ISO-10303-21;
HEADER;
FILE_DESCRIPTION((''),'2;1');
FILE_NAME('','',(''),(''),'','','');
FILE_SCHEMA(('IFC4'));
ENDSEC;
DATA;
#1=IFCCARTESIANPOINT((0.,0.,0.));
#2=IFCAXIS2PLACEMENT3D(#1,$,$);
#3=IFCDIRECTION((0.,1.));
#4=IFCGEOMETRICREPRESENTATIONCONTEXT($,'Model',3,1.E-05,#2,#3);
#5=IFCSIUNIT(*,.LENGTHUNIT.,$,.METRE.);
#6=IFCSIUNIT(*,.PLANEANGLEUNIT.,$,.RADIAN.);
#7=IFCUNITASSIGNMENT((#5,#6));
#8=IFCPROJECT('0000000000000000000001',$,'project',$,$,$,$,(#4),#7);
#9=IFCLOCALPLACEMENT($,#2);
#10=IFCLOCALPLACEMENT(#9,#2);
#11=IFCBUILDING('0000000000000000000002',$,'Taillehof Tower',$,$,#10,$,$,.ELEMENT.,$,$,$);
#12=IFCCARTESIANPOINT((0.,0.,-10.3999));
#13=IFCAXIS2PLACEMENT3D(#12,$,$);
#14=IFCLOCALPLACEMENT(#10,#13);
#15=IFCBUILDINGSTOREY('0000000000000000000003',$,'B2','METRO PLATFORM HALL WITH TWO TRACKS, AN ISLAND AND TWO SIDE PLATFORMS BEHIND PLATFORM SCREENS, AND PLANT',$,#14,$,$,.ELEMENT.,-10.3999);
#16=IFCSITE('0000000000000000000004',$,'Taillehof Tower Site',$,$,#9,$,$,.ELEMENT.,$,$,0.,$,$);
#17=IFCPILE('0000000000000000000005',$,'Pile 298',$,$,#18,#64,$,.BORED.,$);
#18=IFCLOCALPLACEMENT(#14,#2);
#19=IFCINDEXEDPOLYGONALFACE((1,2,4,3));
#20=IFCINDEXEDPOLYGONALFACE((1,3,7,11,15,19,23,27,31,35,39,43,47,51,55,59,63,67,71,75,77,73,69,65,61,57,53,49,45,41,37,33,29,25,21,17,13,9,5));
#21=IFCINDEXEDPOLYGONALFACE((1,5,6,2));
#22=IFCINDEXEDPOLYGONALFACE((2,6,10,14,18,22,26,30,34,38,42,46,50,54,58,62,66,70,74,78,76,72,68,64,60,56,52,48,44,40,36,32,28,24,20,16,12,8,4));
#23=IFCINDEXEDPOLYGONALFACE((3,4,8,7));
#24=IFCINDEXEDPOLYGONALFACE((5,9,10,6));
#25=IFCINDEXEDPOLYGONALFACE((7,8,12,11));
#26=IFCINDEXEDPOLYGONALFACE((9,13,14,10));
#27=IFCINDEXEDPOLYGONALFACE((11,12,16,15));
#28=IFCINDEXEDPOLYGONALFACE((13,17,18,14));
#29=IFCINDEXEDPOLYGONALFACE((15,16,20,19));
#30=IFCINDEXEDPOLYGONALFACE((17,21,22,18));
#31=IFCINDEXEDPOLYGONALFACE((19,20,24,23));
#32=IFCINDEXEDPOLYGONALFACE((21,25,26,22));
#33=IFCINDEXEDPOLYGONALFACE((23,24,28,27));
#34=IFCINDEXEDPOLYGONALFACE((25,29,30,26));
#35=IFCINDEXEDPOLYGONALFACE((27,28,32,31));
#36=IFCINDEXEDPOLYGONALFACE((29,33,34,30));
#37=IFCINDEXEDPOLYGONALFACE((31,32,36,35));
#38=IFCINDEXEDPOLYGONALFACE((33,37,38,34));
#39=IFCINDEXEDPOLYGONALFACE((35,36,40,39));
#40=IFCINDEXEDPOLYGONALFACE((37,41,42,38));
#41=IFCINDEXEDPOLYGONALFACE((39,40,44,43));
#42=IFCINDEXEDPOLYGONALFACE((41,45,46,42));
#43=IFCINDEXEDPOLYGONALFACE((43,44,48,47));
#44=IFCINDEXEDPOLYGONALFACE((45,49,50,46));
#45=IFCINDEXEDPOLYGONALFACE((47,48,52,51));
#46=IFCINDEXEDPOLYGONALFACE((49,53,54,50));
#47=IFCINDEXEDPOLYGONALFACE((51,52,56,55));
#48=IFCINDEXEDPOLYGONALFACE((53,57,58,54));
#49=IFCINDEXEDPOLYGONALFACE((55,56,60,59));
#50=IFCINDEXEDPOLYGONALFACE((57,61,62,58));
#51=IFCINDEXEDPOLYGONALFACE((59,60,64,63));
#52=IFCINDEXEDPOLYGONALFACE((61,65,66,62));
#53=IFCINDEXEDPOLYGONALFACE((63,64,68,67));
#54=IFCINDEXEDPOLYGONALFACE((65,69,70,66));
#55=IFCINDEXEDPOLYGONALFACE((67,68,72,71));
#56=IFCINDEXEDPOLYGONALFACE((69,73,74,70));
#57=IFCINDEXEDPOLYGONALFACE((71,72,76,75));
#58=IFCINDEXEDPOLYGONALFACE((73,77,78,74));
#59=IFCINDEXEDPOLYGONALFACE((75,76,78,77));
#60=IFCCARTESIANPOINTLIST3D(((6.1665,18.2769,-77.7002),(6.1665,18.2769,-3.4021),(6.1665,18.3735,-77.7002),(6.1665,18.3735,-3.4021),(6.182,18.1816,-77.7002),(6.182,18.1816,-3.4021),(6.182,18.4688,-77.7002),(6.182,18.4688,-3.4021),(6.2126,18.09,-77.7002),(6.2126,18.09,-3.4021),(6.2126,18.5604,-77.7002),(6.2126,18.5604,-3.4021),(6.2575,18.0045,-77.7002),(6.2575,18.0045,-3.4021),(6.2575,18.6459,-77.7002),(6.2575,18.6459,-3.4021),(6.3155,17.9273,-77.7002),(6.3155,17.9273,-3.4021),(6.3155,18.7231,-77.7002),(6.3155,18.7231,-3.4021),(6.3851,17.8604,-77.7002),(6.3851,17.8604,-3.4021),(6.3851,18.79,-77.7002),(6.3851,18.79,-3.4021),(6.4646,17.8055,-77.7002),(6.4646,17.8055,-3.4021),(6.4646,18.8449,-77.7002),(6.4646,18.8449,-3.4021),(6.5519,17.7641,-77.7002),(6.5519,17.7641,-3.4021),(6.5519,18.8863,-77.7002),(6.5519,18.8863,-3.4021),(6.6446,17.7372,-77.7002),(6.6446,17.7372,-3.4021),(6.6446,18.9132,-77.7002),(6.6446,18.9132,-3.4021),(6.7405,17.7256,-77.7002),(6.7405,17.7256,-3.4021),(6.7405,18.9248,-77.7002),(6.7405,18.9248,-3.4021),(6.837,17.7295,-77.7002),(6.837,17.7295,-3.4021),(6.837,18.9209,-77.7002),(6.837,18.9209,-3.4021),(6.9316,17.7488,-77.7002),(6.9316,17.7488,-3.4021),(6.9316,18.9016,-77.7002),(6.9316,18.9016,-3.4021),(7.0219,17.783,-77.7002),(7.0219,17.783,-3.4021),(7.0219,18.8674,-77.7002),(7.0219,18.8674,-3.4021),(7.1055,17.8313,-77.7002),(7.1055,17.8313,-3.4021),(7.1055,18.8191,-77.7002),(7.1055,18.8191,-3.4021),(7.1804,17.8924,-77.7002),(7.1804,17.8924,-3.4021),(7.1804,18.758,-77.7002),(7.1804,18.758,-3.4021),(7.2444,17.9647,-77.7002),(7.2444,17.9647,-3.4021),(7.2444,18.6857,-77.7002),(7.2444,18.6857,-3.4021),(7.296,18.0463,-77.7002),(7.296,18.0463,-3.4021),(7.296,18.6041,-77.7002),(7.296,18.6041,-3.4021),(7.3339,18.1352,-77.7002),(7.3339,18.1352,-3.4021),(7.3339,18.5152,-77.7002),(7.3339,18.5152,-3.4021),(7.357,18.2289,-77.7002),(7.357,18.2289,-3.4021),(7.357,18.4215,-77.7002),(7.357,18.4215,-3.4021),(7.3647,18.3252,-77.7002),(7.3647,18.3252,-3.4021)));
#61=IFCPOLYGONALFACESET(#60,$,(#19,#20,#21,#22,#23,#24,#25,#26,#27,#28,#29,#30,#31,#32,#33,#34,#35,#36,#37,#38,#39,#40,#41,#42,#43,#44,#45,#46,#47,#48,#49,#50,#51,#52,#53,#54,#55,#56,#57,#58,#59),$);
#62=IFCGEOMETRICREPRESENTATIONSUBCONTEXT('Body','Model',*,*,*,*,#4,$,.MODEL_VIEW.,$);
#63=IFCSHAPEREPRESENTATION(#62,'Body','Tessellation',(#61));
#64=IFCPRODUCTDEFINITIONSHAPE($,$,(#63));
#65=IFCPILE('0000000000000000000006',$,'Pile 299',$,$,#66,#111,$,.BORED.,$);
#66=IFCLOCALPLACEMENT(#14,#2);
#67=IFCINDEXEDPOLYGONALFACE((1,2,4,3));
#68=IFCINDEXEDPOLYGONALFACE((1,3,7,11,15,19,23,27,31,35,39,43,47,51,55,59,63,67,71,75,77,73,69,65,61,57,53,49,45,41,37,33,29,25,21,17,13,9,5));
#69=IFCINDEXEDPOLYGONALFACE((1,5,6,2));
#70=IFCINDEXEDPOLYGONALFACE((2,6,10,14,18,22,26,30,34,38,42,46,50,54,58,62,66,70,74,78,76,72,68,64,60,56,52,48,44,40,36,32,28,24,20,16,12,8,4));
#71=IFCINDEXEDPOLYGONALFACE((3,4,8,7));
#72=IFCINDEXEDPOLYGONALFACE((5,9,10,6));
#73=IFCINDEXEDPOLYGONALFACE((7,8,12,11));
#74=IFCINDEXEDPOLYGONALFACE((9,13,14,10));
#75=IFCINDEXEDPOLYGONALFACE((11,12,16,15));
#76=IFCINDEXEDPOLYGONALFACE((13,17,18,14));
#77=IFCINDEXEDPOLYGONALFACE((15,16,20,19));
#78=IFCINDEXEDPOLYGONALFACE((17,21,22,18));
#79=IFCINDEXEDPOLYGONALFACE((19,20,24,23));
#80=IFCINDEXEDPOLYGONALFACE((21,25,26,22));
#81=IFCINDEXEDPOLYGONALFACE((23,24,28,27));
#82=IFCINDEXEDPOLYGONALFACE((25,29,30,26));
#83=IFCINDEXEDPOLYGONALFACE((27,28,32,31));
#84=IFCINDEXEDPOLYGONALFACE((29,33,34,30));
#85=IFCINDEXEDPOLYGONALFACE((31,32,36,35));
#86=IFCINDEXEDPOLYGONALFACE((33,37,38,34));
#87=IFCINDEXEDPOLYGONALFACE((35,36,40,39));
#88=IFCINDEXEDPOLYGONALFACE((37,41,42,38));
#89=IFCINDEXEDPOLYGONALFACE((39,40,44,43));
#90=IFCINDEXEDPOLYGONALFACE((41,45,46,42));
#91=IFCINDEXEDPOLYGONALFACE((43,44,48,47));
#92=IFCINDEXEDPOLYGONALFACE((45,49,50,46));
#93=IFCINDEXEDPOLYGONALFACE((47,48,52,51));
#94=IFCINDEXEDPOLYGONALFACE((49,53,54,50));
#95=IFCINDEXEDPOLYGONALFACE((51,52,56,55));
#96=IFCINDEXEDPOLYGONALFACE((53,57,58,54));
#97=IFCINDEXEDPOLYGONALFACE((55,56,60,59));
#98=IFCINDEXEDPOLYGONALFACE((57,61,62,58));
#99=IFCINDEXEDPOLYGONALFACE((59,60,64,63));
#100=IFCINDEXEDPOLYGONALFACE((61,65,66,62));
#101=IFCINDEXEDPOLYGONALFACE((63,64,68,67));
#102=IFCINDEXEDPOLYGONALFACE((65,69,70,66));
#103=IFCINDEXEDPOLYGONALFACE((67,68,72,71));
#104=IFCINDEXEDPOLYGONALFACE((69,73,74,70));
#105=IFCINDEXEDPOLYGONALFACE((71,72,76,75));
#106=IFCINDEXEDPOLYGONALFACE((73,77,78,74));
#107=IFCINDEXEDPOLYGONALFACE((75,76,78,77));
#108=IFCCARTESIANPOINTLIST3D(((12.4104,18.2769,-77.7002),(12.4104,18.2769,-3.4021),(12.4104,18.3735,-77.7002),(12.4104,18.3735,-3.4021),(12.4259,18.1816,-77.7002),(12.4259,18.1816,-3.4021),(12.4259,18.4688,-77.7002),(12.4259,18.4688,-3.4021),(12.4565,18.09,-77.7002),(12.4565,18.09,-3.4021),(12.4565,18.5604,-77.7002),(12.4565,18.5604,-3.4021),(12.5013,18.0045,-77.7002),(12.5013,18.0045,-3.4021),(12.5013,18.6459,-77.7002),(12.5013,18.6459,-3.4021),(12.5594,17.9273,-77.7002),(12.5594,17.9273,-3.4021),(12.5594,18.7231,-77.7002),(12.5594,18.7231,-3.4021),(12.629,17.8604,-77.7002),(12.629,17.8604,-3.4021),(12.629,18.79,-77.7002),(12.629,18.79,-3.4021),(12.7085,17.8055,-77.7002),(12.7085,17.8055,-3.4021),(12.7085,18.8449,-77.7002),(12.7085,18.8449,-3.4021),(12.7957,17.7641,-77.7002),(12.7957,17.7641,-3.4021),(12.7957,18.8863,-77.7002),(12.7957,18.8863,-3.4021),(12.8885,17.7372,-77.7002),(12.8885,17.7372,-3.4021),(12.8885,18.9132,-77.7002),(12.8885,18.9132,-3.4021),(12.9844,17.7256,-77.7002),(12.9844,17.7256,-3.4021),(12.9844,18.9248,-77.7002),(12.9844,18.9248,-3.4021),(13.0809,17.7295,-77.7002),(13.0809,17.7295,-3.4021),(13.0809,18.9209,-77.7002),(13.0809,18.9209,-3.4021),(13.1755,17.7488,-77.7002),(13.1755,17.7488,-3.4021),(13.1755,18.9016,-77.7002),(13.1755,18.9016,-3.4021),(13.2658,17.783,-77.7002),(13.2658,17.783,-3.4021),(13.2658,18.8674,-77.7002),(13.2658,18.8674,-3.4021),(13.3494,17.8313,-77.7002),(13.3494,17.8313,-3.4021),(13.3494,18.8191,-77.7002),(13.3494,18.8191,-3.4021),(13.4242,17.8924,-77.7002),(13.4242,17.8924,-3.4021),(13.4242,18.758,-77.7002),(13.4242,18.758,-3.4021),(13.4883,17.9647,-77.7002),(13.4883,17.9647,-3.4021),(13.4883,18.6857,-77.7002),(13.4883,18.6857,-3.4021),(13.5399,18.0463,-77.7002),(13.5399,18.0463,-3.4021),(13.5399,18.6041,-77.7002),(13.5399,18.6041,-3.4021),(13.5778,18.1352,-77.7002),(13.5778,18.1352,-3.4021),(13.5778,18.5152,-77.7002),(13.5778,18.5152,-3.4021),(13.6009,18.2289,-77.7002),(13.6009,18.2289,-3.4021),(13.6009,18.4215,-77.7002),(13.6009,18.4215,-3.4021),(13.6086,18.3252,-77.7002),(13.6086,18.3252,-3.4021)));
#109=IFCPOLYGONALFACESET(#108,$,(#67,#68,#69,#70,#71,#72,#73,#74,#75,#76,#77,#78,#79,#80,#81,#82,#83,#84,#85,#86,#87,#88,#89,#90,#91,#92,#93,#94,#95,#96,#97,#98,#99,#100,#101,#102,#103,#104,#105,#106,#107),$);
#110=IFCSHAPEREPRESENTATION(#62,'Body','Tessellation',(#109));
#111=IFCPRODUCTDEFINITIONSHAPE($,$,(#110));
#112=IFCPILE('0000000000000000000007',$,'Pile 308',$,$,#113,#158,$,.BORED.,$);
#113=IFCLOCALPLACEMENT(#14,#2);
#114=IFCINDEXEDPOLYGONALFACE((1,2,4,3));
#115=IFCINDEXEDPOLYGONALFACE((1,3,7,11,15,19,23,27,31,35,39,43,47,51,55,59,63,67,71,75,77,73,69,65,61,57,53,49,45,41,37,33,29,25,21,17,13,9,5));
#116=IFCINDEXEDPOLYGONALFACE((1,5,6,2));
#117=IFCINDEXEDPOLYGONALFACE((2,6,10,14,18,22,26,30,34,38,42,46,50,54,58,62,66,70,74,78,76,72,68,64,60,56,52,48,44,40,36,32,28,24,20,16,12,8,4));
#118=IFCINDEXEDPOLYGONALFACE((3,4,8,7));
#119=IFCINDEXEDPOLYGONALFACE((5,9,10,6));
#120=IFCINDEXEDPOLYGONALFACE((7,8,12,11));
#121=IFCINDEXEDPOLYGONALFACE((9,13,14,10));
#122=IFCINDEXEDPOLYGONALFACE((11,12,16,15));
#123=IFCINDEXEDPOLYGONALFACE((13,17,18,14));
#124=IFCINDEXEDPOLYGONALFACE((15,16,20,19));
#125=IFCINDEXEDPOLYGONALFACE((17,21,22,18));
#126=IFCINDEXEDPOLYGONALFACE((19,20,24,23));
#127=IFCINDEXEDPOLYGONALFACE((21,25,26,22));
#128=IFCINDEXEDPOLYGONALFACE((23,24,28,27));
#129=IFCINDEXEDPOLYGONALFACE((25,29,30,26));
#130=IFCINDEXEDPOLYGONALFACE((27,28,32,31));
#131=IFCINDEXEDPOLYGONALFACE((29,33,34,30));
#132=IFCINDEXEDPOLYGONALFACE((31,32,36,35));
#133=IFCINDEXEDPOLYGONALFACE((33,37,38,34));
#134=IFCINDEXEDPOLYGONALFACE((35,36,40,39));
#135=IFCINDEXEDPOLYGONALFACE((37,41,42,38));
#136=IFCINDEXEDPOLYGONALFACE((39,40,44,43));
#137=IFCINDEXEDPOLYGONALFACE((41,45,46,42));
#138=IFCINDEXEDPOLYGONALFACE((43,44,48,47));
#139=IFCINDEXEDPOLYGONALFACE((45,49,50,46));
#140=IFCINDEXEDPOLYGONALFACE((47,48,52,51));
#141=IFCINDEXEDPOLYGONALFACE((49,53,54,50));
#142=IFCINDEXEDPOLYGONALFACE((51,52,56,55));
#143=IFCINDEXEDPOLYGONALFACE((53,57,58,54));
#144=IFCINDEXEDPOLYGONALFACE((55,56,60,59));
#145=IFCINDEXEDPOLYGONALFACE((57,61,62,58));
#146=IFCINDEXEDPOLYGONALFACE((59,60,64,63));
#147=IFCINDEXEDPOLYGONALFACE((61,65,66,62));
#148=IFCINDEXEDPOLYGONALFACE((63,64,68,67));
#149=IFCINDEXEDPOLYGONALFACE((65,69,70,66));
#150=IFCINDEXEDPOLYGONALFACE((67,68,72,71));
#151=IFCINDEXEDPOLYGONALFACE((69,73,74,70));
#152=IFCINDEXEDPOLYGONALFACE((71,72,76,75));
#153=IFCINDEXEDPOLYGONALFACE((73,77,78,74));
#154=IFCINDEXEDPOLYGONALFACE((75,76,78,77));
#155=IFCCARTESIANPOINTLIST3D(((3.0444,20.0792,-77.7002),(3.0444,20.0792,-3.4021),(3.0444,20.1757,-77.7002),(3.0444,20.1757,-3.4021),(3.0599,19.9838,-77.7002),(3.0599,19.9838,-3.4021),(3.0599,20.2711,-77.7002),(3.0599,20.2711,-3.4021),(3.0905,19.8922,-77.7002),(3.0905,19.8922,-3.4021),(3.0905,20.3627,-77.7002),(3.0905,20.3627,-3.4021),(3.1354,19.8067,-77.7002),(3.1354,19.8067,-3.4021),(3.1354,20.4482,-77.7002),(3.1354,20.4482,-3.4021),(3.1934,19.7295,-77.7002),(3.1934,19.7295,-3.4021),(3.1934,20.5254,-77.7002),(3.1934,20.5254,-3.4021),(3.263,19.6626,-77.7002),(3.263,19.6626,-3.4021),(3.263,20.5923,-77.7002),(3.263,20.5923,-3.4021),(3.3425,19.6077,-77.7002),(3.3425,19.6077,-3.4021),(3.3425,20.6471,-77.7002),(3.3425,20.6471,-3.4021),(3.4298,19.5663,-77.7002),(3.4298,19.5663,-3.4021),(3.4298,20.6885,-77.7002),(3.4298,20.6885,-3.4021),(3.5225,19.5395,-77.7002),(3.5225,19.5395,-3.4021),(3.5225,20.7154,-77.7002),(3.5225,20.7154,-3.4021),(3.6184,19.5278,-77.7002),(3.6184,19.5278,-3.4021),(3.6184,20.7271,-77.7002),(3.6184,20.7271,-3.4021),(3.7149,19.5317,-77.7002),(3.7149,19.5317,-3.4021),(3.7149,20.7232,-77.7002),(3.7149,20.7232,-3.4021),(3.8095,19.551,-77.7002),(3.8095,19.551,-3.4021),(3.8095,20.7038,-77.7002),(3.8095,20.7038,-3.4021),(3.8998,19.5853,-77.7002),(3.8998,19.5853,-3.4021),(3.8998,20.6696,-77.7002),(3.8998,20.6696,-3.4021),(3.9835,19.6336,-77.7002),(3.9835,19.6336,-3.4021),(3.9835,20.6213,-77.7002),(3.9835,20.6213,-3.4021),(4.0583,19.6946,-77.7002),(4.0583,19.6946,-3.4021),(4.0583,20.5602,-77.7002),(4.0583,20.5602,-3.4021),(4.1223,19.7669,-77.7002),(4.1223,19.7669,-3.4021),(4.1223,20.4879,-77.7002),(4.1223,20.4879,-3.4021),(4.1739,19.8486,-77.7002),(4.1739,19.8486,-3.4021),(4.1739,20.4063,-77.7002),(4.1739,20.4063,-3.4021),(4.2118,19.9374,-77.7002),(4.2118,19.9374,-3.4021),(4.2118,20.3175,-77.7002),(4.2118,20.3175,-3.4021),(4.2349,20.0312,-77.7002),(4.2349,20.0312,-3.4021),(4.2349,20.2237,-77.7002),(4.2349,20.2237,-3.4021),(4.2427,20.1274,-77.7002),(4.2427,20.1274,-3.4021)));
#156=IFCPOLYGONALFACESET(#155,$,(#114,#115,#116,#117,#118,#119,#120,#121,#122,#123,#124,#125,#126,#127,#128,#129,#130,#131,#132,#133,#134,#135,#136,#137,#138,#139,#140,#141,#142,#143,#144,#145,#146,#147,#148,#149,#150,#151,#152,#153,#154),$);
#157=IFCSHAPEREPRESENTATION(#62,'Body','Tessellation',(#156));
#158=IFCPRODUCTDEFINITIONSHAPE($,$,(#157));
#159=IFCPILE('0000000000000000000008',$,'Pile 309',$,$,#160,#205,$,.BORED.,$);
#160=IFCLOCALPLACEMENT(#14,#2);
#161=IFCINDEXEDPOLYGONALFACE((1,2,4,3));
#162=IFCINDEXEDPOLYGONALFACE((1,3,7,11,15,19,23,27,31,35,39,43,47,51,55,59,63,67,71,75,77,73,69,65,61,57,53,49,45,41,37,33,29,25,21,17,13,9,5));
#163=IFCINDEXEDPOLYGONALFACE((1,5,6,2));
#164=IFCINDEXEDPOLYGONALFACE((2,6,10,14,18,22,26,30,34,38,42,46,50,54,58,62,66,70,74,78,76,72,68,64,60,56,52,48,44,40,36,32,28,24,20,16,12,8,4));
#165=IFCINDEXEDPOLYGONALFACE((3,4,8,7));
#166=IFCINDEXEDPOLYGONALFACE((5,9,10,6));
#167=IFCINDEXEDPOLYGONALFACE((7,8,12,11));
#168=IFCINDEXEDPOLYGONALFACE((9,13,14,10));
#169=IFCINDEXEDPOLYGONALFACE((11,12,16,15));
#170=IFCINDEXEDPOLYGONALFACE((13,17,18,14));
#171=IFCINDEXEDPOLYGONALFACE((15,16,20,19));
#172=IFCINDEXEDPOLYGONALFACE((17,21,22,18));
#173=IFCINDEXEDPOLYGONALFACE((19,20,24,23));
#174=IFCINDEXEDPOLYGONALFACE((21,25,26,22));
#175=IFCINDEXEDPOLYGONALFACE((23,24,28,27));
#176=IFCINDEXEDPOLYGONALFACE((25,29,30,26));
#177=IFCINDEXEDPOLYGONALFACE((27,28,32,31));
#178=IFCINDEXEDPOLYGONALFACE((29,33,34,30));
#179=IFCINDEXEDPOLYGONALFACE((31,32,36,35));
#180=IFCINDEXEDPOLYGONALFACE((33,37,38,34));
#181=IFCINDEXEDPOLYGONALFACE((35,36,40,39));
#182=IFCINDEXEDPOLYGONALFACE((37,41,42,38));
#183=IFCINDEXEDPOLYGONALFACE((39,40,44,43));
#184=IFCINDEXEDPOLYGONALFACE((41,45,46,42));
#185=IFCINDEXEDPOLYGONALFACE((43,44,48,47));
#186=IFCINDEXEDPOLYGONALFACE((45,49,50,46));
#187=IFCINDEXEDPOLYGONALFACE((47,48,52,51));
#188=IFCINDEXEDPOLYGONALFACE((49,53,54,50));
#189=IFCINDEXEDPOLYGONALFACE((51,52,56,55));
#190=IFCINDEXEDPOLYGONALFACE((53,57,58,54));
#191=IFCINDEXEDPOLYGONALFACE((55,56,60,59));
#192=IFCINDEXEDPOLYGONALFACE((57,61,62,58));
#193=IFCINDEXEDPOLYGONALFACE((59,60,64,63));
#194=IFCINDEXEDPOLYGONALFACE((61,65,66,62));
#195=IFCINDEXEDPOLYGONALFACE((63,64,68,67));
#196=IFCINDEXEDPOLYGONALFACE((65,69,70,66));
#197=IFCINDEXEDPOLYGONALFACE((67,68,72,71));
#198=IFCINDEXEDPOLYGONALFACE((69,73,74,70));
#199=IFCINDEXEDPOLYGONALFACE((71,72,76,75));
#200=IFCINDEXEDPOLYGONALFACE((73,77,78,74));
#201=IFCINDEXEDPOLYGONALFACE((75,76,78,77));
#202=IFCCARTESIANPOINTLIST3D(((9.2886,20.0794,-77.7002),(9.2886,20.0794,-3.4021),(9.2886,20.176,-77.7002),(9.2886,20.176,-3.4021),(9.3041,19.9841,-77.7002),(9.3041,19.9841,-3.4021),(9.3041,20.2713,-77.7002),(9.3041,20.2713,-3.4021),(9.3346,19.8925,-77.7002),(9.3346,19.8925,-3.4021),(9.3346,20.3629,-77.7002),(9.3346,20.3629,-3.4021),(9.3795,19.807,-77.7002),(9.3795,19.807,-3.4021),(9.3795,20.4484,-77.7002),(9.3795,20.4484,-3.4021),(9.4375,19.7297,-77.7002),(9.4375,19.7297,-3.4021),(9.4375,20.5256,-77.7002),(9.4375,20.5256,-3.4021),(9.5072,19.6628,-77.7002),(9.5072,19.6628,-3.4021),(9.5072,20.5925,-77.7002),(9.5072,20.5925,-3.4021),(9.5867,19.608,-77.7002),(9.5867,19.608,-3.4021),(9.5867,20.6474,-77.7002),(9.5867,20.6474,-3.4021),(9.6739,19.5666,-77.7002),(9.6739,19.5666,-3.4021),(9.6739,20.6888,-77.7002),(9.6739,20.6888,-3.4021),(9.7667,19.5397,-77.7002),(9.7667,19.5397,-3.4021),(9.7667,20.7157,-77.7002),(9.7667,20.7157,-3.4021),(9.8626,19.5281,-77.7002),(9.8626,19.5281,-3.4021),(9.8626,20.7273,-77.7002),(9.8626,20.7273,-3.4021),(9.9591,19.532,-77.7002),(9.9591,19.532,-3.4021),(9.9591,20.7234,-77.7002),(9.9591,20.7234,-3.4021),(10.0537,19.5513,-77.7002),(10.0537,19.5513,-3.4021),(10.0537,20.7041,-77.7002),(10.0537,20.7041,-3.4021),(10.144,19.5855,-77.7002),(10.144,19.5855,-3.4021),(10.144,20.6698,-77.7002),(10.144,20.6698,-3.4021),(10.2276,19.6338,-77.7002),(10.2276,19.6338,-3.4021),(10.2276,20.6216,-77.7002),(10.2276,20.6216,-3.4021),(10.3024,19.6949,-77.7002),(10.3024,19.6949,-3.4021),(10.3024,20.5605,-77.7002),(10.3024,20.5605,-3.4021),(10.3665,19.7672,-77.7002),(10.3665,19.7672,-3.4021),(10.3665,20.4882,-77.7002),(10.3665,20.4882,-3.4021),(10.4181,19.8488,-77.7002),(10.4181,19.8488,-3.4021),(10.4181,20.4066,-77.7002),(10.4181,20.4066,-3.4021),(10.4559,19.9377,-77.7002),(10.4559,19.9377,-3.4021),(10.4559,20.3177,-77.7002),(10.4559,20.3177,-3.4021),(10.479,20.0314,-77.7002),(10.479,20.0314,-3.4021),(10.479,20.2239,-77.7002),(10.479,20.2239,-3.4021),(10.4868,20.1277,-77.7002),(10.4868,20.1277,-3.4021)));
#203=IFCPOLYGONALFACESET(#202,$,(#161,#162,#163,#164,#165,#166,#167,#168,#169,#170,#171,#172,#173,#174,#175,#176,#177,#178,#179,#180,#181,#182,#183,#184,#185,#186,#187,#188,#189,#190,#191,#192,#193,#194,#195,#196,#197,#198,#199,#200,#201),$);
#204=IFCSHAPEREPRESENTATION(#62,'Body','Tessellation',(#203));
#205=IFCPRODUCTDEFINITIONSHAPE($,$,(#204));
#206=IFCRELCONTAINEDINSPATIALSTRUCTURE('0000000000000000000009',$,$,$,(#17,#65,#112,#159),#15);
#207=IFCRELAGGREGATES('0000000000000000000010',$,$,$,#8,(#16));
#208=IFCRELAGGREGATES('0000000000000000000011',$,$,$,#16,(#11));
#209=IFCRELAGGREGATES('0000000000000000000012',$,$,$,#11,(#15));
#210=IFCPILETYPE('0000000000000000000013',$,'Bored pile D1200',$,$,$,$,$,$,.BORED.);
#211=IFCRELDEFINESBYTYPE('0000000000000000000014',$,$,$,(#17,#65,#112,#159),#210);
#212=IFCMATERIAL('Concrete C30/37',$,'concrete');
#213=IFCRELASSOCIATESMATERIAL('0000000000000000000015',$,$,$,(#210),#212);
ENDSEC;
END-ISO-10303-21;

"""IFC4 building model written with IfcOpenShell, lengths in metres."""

from ifc_helpers import new_model, si_unit, direction, frame, origin, origin_2d, place, context, subcontext, project, spatial, circle, extrude, material, material_profile, profile_set, type_object, element, save


model = new_model("IFC4")

# Units and contexts
model_context = context("Model", 3, precision=1e-05, world=origin(), true_north=direction((0.0, 1.0)))
body_context = subcontext(model_context, "Body", "Model", "MODEL_VIEW")
ifc_project = project(units=[si_unit("LENGTHUNIT", "METRE"), si_unit("PLANEANGLEUNIT", "RADIAN")], contexts=[model_context])

# Site, building, storey
site_placement = place(None, origin())
site = spatial("IfcSite", under=ifc_project, at=site_placement, Name="Taillehof Tower Site", CompositionType="ELEMENT", RefElevation=0.0)
building_placement = place(site_placement, origin())
building = spatial("IfcBuilding", under=site, at=building_placement, Name="Taillehof Tower", CompositionType="ELEMENT")
storey_placement = place(building_placement, frame((0.0, 0.0, -10.3999)))
storey = spatial("IfcBuildingStorey", under=building, at=storey_placement, Name="B2", Description="METRO PLATFORM HALL WITH TWO TRACKS, AN ISLAND AND TWO SIDE PLATFORMS BEHIND PLATFORM SCREENS, AND PLANT", CompositionType="ELEMENT", Elevation=-10.3999)

# Piles
ifc_material_1 = material(Name="Concrete C30/37", Category="concrete")
ifc_material_profile_1 = material_profile(ifc_material_1, circle(Radius=0.6001, at=origin_2d()), Name="BP D1200")
ifc_profile_set_1 = profile_set([ifc_material_profile_1], Name="Concrete C30/37")
pile_type = type_object("IfcPileType", Name="Bored pile D1200", PredefinedType="BORED", material=ifc_profile_set_1)
for number, where, z_axis, x_axis, name in (
    (1, (6.7646, 18.3252, -3.4021), (0.0, 0.0, -1.0), (1.0, 0.0, 0.0), "Pile 298"),
    (2, (13.0085, 18.3252, -3.4021), (0.0, 0.0, -1.0), (1.0, 0.0, 0.0), "Pile 299"),
    (3, (3.6426, 20.1274, -3.4021), (0.0, 0.0, -1.0), (1.0, 0.0, 0.0), "Pile 308"),
    (4, (9.8867, 20.1277, -3.4021), (0.0, 0.0, -1.0), (1.0, 0.0, 0.0), "Pile 309"),
):
    element("IfcPile", number, at=place(storey_placement, frame(where, z_axis=z_axis, x_axis=x_axis)), inside=storey, type_object=pile_type, Name=name, PredefinedType="BORED", context=body_context, shape_type="SweptSolid", body=[
        extrude(circle(Radius=0.6001, at=origin_2d()), origin(), (0.0, 0.0, 1.0), 74.2981),
    ])

save(model, "model.ifc")
